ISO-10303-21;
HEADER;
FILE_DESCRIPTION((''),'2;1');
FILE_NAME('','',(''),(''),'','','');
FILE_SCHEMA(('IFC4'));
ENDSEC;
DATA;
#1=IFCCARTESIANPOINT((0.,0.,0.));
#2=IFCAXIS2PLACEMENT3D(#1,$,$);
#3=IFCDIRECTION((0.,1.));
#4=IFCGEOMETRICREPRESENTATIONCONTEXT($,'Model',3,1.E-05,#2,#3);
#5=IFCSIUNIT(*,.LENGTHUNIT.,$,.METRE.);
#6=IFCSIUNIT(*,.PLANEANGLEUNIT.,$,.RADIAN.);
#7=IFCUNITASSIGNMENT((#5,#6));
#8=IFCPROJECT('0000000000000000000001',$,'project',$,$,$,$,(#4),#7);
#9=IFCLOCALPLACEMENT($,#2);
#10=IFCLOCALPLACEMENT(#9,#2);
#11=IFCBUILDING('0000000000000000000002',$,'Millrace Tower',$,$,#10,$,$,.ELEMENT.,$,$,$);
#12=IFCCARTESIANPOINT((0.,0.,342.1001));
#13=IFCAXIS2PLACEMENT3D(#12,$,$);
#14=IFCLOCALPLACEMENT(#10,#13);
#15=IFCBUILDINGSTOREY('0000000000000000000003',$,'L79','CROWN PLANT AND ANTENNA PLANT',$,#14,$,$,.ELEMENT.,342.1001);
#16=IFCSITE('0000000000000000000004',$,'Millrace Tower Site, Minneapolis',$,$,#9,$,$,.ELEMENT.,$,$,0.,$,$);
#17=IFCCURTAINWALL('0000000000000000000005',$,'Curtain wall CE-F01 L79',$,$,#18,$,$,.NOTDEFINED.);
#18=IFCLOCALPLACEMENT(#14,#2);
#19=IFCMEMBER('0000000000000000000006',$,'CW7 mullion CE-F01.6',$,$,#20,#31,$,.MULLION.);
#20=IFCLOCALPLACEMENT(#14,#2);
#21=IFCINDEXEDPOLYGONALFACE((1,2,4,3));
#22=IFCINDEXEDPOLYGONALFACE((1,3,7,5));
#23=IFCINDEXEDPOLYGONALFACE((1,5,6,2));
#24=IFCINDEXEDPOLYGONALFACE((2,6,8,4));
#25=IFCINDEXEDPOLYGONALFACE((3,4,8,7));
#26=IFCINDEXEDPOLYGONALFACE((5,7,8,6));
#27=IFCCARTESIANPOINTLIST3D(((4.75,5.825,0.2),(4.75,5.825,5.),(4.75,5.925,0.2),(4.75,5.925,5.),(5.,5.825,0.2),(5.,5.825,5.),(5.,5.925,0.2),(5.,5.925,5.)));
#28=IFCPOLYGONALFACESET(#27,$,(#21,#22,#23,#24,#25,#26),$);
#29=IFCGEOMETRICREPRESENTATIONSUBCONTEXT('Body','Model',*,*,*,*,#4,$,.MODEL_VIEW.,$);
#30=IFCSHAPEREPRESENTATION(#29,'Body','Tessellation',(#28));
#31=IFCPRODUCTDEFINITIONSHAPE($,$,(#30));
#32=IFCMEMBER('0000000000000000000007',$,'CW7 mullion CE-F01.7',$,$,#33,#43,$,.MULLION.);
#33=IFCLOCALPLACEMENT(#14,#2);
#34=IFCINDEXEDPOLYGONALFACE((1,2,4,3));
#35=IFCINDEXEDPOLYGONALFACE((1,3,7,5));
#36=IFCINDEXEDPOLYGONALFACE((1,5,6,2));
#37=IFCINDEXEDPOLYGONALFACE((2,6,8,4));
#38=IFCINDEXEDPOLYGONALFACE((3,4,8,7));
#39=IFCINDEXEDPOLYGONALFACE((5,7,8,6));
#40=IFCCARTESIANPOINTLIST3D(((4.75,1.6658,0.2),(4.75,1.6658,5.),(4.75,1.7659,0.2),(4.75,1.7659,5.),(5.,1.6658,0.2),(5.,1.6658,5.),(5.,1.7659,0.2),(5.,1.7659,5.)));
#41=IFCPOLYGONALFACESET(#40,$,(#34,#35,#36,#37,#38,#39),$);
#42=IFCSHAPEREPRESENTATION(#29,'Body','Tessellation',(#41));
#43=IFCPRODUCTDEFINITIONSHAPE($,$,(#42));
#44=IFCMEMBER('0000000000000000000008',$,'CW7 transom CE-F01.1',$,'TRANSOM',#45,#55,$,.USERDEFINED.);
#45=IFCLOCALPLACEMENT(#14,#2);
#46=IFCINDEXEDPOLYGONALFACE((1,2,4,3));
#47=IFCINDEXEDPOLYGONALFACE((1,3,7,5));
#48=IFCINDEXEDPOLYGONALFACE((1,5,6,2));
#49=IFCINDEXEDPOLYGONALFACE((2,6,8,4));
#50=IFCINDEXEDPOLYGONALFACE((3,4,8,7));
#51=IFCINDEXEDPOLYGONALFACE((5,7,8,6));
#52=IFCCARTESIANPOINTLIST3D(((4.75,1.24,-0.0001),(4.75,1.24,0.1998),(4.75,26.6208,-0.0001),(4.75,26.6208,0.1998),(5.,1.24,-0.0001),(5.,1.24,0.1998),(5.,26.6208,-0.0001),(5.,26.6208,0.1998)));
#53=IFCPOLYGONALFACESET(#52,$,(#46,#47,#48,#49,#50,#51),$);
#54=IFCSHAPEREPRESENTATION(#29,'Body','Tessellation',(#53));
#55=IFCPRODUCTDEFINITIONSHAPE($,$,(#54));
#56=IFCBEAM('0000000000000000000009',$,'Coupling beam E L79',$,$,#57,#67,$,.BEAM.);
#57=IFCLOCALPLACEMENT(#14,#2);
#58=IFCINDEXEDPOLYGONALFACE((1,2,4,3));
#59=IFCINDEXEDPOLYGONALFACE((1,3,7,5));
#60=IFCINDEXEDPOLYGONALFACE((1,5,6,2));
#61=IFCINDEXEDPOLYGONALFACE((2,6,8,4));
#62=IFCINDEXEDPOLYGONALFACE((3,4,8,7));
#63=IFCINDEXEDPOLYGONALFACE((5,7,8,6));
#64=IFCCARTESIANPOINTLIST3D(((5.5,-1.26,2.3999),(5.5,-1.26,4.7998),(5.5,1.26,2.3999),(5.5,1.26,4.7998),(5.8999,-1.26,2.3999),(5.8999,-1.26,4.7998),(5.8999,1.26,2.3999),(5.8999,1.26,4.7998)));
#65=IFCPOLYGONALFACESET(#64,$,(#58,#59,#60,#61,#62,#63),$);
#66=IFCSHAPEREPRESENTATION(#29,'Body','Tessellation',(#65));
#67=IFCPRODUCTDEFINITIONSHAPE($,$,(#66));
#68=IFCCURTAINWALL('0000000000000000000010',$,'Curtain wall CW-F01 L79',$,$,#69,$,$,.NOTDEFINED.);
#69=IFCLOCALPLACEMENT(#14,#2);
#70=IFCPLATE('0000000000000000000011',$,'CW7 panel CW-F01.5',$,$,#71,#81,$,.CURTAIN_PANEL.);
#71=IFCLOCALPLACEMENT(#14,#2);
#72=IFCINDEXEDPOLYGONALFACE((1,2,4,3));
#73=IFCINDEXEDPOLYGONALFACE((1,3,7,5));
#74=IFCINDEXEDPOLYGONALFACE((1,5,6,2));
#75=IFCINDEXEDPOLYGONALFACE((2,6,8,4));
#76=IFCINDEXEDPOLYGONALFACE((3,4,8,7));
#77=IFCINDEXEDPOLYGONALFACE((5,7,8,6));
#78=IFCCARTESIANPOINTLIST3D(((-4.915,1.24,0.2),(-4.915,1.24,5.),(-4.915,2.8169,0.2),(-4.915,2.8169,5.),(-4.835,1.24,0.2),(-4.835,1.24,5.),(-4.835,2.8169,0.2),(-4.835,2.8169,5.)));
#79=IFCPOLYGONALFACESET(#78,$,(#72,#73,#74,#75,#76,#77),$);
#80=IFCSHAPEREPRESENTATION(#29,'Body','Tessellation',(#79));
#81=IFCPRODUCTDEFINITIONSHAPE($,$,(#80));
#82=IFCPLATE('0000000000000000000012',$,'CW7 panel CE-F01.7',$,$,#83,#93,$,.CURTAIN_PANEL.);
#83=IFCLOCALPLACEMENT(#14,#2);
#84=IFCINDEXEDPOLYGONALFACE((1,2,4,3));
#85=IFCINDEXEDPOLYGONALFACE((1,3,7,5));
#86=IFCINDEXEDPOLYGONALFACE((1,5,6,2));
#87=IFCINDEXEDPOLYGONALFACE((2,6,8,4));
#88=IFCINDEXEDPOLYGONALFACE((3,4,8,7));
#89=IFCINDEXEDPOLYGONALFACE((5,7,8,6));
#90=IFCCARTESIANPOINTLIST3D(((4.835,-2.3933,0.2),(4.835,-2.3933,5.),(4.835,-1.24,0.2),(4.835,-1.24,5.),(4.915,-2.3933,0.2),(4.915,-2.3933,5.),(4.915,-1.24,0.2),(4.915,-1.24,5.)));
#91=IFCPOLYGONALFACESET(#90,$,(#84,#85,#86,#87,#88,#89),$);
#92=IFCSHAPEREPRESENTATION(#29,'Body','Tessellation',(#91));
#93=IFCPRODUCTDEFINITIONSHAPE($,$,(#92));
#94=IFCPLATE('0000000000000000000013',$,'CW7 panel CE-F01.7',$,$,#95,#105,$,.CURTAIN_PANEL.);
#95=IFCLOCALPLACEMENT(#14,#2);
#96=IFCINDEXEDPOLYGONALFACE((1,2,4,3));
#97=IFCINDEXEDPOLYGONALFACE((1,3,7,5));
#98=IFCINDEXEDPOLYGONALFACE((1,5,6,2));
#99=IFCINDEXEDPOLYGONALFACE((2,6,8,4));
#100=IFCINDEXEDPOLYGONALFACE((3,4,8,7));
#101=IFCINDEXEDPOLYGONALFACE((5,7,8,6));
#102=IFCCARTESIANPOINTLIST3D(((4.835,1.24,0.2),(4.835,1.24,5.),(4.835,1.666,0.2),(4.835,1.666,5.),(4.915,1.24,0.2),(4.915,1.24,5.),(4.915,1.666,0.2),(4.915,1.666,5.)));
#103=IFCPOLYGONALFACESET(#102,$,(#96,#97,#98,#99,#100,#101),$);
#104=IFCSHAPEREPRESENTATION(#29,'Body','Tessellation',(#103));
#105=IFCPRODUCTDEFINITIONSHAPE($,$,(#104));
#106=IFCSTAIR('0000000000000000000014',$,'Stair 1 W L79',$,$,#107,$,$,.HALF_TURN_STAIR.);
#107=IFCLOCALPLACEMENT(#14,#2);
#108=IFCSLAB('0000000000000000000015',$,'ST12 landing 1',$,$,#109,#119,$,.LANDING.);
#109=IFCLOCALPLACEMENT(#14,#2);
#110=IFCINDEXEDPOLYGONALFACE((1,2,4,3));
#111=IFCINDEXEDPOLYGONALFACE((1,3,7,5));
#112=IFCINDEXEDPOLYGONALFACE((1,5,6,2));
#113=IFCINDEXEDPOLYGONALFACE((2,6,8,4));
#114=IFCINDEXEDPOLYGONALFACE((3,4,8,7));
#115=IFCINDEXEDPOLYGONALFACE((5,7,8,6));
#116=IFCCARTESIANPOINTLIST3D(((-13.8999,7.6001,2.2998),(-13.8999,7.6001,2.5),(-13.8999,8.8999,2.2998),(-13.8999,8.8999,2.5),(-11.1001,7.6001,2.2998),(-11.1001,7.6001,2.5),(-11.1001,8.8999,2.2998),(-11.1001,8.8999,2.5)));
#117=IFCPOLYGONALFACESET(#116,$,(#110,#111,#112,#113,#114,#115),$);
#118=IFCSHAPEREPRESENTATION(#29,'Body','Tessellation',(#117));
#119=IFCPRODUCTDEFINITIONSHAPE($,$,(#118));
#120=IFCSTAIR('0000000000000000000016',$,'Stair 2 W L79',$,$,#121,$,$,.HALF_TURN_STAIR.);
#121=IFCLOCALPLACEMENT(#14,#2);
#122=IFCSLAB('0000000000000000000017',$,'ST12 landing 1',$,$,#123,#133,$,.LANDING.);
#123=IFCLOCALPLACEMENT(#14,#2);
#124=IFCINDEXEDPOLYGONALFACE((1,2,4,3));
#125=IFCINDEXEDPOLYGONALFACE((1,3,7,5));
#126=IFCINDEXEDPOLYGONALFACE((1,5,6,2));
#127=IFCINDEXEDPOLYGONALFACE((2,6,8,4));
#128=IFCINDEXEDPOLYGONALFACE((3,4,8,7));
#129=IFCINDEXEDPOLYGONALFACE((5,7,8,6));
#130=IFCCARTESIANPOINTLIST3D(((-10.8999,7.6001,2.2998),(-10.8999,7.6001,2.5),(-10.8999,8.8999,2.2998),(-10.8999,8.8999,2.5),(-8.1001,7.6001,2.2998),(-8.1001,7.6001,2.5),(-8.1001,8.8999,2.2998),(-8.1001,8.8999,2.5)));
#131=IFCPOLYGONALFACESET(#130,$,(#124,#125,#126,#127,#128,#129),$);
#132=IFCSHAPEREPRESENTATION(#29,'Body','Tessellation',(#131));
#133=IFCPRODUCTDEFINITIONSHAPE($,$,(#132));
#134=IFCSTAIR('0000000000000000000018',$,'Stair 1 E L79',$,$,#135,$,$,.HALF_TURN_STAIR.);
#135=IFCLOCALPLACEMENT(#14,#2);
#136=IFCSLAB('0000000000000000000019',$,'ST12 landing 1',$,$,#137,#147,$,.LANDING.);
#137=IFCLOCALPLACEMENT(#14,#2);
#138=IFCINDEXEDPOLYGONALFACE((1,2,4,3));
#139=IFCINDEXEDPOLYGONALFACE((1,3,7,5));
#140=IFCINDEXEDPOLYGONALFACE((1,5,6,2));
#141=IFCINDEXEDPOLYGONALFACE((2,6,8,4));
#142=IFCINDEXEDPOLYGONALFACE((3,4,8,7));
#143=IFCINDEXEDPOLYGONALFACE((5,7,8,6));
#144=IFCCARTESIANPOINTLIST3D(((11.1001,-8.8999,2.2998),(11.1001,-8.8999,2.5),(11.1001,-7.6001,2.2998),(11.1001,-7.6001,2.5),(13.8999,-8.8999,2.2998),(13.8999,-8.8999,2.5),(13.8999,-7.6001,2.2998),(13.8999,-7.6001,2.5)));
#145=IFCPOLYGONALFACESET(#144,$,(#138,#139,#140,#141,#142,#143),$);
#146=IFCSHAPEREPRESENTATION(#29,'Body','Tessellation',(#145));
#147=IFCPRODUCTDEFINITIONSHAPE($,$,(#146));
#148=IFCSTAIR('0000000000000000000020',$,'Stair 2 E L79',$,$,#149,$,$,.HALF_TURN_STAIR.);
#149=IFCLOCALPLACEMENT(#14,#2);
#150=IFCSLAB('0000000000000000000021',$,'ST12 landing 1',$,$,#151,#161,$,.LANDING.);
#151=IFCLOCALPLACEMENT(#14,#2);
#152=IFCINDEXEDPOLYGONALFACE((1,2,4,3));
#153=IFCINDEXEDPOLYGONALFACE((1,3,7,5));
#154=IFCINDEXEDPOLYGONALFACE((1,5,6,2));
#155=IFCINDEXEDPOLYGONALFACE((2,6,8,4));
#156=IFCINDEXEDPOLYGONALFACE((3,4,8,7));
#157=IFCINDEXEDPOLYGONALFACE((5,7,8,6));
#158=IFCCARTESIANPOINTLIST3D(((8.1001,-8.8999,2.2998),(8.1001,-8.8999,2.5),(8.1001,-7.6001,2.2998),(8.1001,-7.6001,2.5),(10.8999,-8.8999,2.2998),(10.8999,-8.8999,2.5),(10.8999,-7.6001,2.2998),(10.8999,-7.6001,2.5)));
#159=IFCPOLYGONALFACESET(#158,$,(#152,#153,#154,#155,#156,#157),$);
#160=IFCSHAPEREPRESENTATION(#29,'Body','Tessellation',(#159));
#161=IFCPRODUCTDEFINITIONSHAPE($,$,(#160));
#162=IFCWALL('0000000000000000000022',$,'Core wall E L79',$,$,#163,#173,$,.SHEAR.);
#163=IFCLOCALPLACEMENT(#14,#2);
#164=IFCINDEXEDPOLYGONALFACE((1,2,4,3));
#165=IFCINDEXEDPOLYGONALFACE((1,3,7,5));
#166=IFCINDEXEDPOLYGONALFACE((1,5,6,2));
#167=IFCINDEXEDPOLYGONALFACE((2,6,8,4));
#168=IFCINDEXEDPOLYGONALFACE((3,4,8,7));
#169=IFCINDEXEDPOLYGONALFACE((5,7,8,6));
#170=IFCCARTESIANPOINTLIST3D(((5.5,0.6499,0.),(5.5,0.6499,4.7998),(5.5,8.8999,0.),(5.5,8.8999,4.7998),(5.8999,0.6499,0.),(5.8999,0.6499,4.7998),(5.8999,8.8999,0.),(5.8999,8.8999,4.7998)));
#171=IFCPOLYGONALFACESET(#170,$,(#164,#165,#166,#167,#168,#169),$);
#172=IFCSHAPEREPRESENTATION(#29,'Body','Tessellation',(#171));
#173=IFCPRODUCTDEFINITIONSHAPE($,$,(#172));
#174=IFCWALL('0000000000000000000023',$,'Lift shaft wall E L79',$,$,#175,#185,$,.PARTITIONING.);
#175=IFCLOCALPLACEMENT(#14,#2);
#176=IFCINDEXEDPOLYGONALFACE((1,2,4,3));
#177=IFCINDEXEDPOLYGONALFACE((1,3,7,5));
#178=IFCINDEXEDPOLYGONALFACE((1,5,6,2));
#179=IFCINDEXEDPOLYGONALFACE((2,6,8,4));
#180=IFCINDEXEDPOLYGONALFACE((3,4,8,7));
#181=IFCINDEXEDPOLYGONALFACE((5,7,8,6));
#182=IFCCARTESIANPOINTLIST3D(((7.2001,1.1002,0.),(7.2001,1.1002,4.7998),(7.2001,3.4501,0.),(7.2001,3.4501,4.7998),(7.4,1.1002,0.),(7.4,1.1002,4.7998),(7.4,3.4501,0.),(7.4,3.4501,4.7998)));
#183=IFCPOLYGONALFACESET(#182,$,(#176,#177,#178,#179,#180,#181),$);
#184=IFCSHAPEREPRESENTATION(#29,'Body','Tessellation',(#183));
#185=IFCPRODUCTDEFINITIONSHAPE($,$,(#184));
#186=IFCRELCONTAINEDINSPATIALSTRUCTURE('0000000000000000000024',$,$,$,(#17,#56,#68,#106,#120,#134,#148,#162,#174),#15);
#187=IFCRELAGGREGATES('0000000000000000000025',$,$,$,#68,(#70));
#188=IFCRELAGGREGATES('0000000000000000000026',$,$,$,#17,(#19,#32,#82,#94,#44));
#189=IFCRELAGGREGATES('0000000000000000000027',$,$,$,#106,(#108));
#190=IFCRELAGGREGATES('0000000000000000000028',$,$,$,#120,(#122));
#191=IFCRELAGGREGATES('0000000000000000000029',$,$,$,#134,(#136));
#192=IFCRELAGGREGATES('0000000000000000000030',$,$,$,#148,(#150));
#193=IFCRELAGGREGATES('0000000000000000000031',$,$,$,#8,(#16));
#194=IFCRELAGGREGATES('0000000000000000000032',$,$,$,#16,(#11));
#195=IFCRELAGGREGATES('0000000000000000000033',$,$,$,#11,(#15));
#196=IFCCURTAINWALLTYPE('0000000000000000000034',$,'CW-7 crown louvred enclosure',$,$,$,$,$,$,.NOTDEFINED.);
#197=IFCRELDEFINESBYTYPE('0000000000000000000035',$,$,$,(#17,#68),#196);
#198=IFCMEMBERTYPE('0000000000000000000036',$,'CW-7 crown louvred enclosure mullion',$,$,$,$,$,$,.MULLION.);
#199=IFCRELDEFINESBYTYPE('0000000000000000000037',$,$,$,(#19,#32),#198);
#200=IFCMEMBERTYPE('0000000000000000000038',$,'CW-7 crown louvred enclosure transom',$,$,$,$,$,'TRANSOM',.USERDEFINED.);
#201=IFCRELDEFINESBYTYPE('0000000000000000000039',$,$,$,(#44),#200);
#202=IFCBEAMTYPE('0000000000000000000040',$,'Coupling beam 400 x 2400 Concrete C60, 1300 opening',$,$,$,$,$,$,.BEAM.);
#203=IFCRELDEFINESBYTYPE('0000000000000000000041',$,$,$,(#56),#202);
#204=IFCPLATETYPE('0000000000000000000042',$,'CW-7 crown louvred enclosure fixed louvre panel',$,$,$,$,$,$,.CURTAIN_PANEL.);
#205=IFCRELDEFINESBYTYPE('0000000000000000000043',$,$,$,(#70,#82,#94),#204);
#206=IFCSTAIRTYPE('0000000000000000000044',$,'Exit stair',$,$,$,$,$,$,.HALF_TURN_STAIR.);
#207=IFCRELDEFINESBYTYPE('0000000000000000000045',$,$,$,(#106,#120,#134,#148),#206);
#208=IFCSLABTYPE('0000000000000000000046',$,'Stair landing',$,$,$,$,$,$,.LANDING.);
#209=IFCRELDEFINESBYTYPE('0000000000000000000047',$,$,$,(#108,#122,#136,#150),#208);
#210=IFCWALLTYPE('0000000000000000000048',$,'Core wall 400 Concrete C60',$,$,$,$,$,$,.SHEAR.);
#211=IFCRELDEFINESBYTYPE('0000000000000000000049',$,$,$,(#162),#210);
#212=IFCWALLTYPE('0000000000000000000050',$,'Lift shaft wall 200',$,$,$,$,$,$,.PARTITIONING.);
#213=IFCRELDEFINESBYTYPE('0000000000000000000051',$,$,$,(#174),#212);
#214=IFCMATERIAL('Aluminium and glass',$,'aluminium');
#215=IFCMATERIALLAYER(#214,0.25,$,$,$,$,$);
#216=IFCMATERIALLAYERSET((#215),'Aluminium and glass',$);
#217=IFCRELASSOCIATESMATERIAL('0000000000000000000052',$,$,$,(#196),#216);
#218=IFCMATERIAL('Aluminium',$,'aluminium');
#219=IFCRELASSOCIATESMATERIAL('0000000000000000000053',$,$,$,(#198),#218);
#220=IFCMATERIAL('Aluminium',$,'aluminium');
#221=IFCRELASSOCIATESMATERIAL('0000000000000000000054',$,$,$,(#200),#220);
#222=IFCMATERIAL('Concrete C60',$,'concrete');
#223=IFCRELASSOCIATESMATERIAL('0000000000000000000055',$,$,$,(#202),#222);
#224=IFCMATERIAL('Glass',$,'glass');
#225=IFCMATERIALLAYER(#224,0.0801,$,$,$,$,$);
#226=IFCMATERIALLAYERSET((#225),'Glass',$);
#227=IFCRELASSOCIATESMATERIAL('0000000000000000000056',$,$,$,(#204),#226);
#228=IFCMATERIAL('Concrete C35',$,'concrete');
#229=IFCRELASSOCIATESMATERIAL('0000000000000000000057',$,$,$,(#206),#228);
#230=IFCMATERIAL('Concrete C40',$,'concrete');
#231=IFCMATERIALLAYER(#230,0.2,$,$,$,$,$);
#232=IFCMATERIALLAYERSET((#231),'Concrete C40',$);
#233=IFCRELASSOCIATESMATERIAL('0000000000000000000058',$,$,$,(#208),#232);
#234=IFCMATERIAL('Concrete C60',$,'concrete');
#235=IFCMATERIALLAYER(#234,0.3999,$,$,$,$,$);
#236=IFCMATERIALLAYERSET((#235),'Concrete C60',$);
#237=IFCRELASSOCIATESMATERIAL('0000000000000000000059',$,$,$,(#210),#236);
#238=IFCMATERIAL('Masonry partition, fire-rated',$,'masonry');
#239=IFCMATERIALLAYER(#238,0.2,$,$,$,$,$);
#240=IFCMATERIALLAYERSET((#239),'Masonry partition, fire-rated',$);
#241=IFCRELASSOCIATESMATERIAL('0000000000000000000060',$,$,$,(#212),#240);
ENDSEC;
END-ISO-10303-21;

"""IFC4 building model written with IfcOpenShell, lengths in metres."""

from ifc_helpers import new_model, si_unit, direction, frame, frame_2d, origin, origin_2d, place, context, subcontext, project, spatial, polyline, rectangle, outline, extrude, material, layer, layer_set, material_profile, profile_set, type_object, element, aggregate, save


model = new_model("IFC4")

# Units and contexts
model_context = context("Model", 3, precision=1e-05, world=origin(), true_north=direction((0.0, 1.0)))
body_context = subcontext(model_context, "Body", "Model", "MODEL_VIEW")
ifc_project = project(units=[si_unit("LENGTHUNIT", "METRE"), si_unit("PLANEANGLEUNIT", "RADIAN")], contexts=[model_context])

# Site, building, storey
site_placement = place(None, origin())
site = spatial("IfcSite", under=ifc_project, at=site_placement, Name="Millrace Tower Site, Minneapolis", CompositionType="ELEMENT", RefElevation=0.0)
building_placement = place(site_placement, origin())
building = spatial("IfcBuilding", under=site, at=building_placement, Name="Millrace Tower", CompositionType="ELEMENT")
storey_placement = place(building_placement, frame((0.0, 0.0, 342.1001)))
storey = spatial("IfcBuildingStorey", under=building, at=storey_placement, Name="L79", Description="CROWN PLANT AND ANTENNA PLANT", CompositionType="ELEMENT", Elevation=342.1001)

# Curtain wall, members
ifc_material_1 = material(Name="Aluminium and glass", Category="aluminium")
ifc_layer_1 = layer(ifc_material_1, 0.25)
ifc_layer_set_1 = layer_set([ifc_layer_1], Name="Aluminium and glass")
curtain_wall_type = type_object("IfcCurtainWallType", Name="CW-7 crown louvred enclosure", PredefinedType="NOTDEFINED", material=ifc_layer_set_1)
placement_1 = place(storey_placement, origin())
curtain_wall_1 = element("IfcCurtainWall", 1, at=placement_1, inside=storey, type_object=curtain_wall_type, Name="Curtain wall CE-F01 L79", PredefinedType="NOTDEFINED")
ifc_material_2 = material(Name="Aluminium", Category="aluminium")
ifc_material_profile_1 = material_profile(ifc_material_2, rectangle(XDim=0.1001, YDim=0.25, at=origin_2d()))
ifc_profile_set_1 = profile_set([ifc_material_profile_1], Name="Aluminium")
member_type_1 = type_object("IfcMemberType", Name="CW-7 crown louvred enclosure mullion", PredefinedType="MULLION", material=ifc_profile_set_1)
member_1_placement = place(storey_placement, frame((4.875, 5.875, 0.2), z_axis=(0.0, 0.0, 1.0), x_axis=(0.0, -1.0, 0.0)))
member_1 = element("IfcMember", 2, at=member_1_placement, type_object=member_type_1, Name="CW7 mullion CE-F01.6", PredefinedType="MULLION", context=body_context, shape_type="SweptSolid", body=[
    extrude(rectangle(XDim=0.1001, YDim=0.25, at=origin_2d()), origin(), (0.0, 0.0, 1.0), 4.8),
])
member_2_placement = place(storey_placement, frame((4.875, 1.7158, 0.2), z_axis=(0.0, 0.0, 1.0), x_axis=(0.0, -1.0, 0.0)))
member_2 = element("IfcMember", 3, at=member_2_placement, type_object=member_type_1, Name="CW7 mullion CE-F01.7", PredefinedType="MULLION", context=body_context, shape_type="SweptSolid", body=[
    extrude(rectangle(XDim=0.1001, YDim=0.25, at=origin_2d()), origin(), (0.0, 0.0, 1.0), 4.8),
])
ifc_material_3 = material(Name="Aluminium", Category="aluminium")
ifc_material_profile_2 = material_profile(ifc_material_3, rectangle(XDim=0.25, YDim=0.2, at=origin_2d()))
ifc_profile_set_2 = profile_set([ifc_material_profile_2], Name="Aluminium")
member_type_2 = type_object("IfcMemberType", Name="CW-7 crown louvred enclosure transom", ElementType="TRANSOM", PredefinedType="USERDEFINED", material=ifc_profile_set_2)
member_3_placement = place(storey_placement, frame((4.875, 1.24, 0.0999), z_axis=(0.0, 1.0, 0.0), x_axis=(-1.0, 0.0, 0.0)))
member_3 = element("IfcMember", 4, at=member_3_placement, type_object=member_type_2, Name="CW7 transom CE-F01.1", ObjectType="TRANSOM", PredefinedType="USERDEFINED", context=body_context, shape_type="SweptSolid", body=[
    extrude(rectangle(XDim=0.25, YDim=0.2, at=origin_2d()), origin(), (0.0, 0.0, 1.0), 25.3809),
])

# Beam
ifc_material_4 = material(Name="Concrete C60", Category="concrete")
ifc_material_profile_3 = material_profile(ifc_material_4, rectangle(XDim=0.3999, YDim=2.3999, at=origin_2d()))
ifc_profile_set_3 = profile_set([ifc_material_profile_3], Name="Concrete C60")
beam_type = type_object("IfcBeamType", Name="Coupling beam 400 x 2400 Concrete C60, 1300 opening", PredefinedType="BEAM", material=ifc_profile_set_3)
beam_placement = place(storey_placement, frame((5.7, 1.26, 3.5999), z_axis=(0.0, -1.0, 0.0), x_axis=(1.0, 0.0, 0.0)))
element("IfcBeam", 5, at=beam_placement, inside=storey, type_object=beam_type, Name="Coupling beam E L79", PredefinedType="BEAM", context=body_context, shape_type="SweptSolid", body=[
    extrude(rectangle(XDim=0.3999, YDim=2.3999, at=origin_2d()), origin(), (0.0, 0.0, 1.0), 2.52),
])

# Curtain wall, plate
curtain_wall_2 = element("IfcCurtainWall", 6, at=placement_1, inside=storey, type_object=curtain_wall_type, Name="Curtain wall CW-F01 L79", PredefinedType="NOTDEFINED")
ifc_material_5 = material(Name="Glass", Category="glass")
ifc_layer_2 = layer(ifc_material_5, 0.0801)
ifc_layer_set_2 = layer_set([ifc_layer_2], Name="Glass")
plate_type = type_object("IfcPlateType", Name="CW-7 crown louvred enclosure fixed louvre panel", PredefinedType="CURTAIN_PANEL", material=ifc_layer_set_2)
placement_2 = place(storey_placement, frame((0.0, 0.0, 0.2)))
plate_1 = element("IfcPlate", 7, at=placement_2, type_object=plate_type, Name="CW7 panel CW-F01.5", PredefinedType="CURTAIN_PANEL", context=body_context, shape_type="SweptSolid", body=[
    extrude(outline(polyline([(-4.835, 1.24), (-4.835, 2.8169), (-4.915, 2.8169), (-4.915, 1.24), (-4.835, 1.24)])), origin(), (0.0, 0.0, 1.0), 4.8),
])
aggregate(curtain_wall_2, [plate_1])

# Plates
plate_2 = element("IfcPlate", 8, at=placement_2, type_object=plate_type, Name="CW7 panel CE-F01.7", PredefinedType="CURTAIN_PANEL", context=body_context, shape_type="SweptSolid", body=[
    extrude(outline(polyline([(4.835, -1.24), (4.835, -2.3933), (4.915, -2.3933), (4.915, -1.24), (4.835, -1.24)])), origin(), (0.0, 0.0, 1.0), 4.8),
])
plate_3 = element("IfcPlate", 9, at=placement_2, type_object=plate_type, Name="CW7 panel CE-F01.7", PredefinedType="CURTAIN_PANEL", context=body_context, shape_type="SweptSolid", body=[
    extrude(outline(polyline([(4.835, 1.666), (4.835, 1.24), (4.915, 1.24), (4.915, 1.666), (4.835, 1.666)])), origin(), (0.0, 0.0, 1.0), 4.8),
])
aggregate(curtain_wall_1, [member_1, member_2, plate_2, plate_3, member_3])

# Stairs, slabs
ifc_material_6 = material(Name="Concrete C35", Category="concrete")
stair_type = type_object("IfcStairType", Name="Exit stair", PredefinedType="HALF_TURN_STAIR", material=ifc_material_6)
stair_1 = element("IfcStair", 10, at=placement_1, inside=storey, type_object=stair_type, Name="Stair 1 W L79", PredefinedType="HALF_TURN_STAIR")
ifc_material_7 = material(Name="Concrete C40", Category="concrete")
ifc_layer_3 = layer(ifc_material_7, 0.2)
ifc_layer_set_3 = layer_set([ifc_layer_3], Name="Concrete C40")
slab_type = type_object("IfcSlabType", Name="Stair landing", PredefinedType="LANDING", material=ifc_layer_set_3)
placement_3 = place(storey_placement, frame((0.0, 0.0, 2.2998)))
slab_1 = element("IfcSlab", 11, at=placement_3, type_object=slab_type, Name="ST12 landing 1", PredefinedType="LANDING", context=body_context, shape_type="SweptSolid", body=[
    extrude(outline(polyline([(-13.8999, 7.6001), (-11.1001, 7.6001), (-11.1001, 8.8999), (-13.8999, 8.8999), (-13.8999, 7.6001)])), origin(), (0.0, 0.0, 1.0), 0.2002),
])
aggregate(stair_1, [slab_1])
stair_2 = element("IfcStair", 12, at=placement_1, inside=storey, type_object=stair_type, Name="Stair 2 W L79", PredefinedType="HALF_TURN_STAIR")
slab_2 = element("IfcSlab", 13, at=placement_3, type_object=slab_type, Name="ST12 landing 1", PredefinedType="LANDING", context=body_context, shape_type="SweptSolid", body=[
    extrude(outline(polyline([(-10.8999, 7.6001), (-8.1001, 7.6001), (-8.1001, 8.8999), (-10.8999, 8.8999), (-10.8999, 7.6001)])), origin(), (0.0, 0.0, 1.0), 0.2002),
])
aggregate(stair_2, [slab_2])
stair_3 = element("IfcStair", 14, at=placement_1, inside=storey, type_object=stair_type, Name="Stair 1 E L79", PredefinedType="HALF_TURN_STAIR")
slab_3 = element("IfcSlab", 15, at=placement_3, type_object=slab_type, Name="ST12 landing 1", PredefinedType="LANDING", context=body_context, shape_type="SweptSolid", body=[
    extrude(outline(polyline([(11.1001, -8.8999), (13.8999, -8.8999), (13.8999, -7.6001), (11.1001, -7.6001), (11.1001, -8.8999)])), origin(), (0.0, 0.0, 1.0), 0.2002),
])
aggregate(stair_3, [slab_3])
stair_4 = element("IfcStair", 16, at=placement_1, inside=storey, type_object=stair_type, Name="Stair 2 E L79", PredefinedType="HALF_TURN_STAIR")
slab_4 = element("IfcSlab", 17, at=placement_3, type_object=slab_type, Name="ST12 landing 1", PredefinedType="LANDING", context=body_context, shape_type="SweptSolid", body=[
    extrude(outline(polyline([(8.1001, -8.8999), (10.8999, -8.8999), (10.8999, -7.6001), (8.1001, -7.6001), (8.1001, -8.8999)])), origin(), (0.0, 0.0, 1.0), 0.2002),
])
aggregate(stair_4, [slab_4])

# Walls
ifc_material_8 = material(Name="Concrete C60", Category="concrete")
ifc_layer_4 = layer(ifc_material_8, 0.3999)
ifc_layer_set_4 = layer_set([ifc_layer_4], Name="Concrete C60")
wall_type_1 = type_object("IfcWallType", Name="Core wall 400 Concrete C60", PredefinedType="SHEAR", material=ifc_layer_set_4)
wall_1_placement = place(storey_placement, frame((5.7, 8.8999, 0.0), z_axis=(0.0, 0.0, 1.0), x_axis=(0.0, -1.0, 0.0)))
element("IfcWall", 18, at=wall_1_placement, inside=storey, type_object=wall_type_1, Name="Core wall E L79", PredefinedType="SHEAR", context=body_context, shape_type="SweptSolid", body=[
    extrude(rectangle(XDim=8.25, YDim=0.3999, at=frame_2d((4.125, 0.0))), origin(), (0.0, 0.0, 1.0), 4.7998),
])
ifc_material_9 = material(Name="Masonry partition, fire-rated", Category="masonry")
ifc_layer_5 = layer(ifc_material_9, 0.2)
ifc_layer_set_5 = layer_set([ifc_layer_5], Name="Masonry partition, fire-rated")
wall_type_2 = type_object("IfcWallType", Name="Lift shaft wall 200", PredefinedType="PARTITIONING", material=ifc_layer_set_5)
wall_2_placement = place(storey_placement, frame((7.3, 3.45, 0.0), z_axis=(0.0, 0.0, 1.0), x_axis=(0.0, -1.0, 0.0)))
element("IfcWall", 19, at=wall_2_placement, inside=storey, type_object=wall_type_2, Name="Lift shaft wall E L79", PredefinedType="PARTITIONING", context=body_context, shape_type="SweptSolid", body=[
    extrude(rectangle(XDim=2.3499, YDim=0.2, at=frame_2d((1.1748, 0.0))), origin(), (0.0, 0.0, 1.0), 4.7998),
])

save(model, "model.ifc")
